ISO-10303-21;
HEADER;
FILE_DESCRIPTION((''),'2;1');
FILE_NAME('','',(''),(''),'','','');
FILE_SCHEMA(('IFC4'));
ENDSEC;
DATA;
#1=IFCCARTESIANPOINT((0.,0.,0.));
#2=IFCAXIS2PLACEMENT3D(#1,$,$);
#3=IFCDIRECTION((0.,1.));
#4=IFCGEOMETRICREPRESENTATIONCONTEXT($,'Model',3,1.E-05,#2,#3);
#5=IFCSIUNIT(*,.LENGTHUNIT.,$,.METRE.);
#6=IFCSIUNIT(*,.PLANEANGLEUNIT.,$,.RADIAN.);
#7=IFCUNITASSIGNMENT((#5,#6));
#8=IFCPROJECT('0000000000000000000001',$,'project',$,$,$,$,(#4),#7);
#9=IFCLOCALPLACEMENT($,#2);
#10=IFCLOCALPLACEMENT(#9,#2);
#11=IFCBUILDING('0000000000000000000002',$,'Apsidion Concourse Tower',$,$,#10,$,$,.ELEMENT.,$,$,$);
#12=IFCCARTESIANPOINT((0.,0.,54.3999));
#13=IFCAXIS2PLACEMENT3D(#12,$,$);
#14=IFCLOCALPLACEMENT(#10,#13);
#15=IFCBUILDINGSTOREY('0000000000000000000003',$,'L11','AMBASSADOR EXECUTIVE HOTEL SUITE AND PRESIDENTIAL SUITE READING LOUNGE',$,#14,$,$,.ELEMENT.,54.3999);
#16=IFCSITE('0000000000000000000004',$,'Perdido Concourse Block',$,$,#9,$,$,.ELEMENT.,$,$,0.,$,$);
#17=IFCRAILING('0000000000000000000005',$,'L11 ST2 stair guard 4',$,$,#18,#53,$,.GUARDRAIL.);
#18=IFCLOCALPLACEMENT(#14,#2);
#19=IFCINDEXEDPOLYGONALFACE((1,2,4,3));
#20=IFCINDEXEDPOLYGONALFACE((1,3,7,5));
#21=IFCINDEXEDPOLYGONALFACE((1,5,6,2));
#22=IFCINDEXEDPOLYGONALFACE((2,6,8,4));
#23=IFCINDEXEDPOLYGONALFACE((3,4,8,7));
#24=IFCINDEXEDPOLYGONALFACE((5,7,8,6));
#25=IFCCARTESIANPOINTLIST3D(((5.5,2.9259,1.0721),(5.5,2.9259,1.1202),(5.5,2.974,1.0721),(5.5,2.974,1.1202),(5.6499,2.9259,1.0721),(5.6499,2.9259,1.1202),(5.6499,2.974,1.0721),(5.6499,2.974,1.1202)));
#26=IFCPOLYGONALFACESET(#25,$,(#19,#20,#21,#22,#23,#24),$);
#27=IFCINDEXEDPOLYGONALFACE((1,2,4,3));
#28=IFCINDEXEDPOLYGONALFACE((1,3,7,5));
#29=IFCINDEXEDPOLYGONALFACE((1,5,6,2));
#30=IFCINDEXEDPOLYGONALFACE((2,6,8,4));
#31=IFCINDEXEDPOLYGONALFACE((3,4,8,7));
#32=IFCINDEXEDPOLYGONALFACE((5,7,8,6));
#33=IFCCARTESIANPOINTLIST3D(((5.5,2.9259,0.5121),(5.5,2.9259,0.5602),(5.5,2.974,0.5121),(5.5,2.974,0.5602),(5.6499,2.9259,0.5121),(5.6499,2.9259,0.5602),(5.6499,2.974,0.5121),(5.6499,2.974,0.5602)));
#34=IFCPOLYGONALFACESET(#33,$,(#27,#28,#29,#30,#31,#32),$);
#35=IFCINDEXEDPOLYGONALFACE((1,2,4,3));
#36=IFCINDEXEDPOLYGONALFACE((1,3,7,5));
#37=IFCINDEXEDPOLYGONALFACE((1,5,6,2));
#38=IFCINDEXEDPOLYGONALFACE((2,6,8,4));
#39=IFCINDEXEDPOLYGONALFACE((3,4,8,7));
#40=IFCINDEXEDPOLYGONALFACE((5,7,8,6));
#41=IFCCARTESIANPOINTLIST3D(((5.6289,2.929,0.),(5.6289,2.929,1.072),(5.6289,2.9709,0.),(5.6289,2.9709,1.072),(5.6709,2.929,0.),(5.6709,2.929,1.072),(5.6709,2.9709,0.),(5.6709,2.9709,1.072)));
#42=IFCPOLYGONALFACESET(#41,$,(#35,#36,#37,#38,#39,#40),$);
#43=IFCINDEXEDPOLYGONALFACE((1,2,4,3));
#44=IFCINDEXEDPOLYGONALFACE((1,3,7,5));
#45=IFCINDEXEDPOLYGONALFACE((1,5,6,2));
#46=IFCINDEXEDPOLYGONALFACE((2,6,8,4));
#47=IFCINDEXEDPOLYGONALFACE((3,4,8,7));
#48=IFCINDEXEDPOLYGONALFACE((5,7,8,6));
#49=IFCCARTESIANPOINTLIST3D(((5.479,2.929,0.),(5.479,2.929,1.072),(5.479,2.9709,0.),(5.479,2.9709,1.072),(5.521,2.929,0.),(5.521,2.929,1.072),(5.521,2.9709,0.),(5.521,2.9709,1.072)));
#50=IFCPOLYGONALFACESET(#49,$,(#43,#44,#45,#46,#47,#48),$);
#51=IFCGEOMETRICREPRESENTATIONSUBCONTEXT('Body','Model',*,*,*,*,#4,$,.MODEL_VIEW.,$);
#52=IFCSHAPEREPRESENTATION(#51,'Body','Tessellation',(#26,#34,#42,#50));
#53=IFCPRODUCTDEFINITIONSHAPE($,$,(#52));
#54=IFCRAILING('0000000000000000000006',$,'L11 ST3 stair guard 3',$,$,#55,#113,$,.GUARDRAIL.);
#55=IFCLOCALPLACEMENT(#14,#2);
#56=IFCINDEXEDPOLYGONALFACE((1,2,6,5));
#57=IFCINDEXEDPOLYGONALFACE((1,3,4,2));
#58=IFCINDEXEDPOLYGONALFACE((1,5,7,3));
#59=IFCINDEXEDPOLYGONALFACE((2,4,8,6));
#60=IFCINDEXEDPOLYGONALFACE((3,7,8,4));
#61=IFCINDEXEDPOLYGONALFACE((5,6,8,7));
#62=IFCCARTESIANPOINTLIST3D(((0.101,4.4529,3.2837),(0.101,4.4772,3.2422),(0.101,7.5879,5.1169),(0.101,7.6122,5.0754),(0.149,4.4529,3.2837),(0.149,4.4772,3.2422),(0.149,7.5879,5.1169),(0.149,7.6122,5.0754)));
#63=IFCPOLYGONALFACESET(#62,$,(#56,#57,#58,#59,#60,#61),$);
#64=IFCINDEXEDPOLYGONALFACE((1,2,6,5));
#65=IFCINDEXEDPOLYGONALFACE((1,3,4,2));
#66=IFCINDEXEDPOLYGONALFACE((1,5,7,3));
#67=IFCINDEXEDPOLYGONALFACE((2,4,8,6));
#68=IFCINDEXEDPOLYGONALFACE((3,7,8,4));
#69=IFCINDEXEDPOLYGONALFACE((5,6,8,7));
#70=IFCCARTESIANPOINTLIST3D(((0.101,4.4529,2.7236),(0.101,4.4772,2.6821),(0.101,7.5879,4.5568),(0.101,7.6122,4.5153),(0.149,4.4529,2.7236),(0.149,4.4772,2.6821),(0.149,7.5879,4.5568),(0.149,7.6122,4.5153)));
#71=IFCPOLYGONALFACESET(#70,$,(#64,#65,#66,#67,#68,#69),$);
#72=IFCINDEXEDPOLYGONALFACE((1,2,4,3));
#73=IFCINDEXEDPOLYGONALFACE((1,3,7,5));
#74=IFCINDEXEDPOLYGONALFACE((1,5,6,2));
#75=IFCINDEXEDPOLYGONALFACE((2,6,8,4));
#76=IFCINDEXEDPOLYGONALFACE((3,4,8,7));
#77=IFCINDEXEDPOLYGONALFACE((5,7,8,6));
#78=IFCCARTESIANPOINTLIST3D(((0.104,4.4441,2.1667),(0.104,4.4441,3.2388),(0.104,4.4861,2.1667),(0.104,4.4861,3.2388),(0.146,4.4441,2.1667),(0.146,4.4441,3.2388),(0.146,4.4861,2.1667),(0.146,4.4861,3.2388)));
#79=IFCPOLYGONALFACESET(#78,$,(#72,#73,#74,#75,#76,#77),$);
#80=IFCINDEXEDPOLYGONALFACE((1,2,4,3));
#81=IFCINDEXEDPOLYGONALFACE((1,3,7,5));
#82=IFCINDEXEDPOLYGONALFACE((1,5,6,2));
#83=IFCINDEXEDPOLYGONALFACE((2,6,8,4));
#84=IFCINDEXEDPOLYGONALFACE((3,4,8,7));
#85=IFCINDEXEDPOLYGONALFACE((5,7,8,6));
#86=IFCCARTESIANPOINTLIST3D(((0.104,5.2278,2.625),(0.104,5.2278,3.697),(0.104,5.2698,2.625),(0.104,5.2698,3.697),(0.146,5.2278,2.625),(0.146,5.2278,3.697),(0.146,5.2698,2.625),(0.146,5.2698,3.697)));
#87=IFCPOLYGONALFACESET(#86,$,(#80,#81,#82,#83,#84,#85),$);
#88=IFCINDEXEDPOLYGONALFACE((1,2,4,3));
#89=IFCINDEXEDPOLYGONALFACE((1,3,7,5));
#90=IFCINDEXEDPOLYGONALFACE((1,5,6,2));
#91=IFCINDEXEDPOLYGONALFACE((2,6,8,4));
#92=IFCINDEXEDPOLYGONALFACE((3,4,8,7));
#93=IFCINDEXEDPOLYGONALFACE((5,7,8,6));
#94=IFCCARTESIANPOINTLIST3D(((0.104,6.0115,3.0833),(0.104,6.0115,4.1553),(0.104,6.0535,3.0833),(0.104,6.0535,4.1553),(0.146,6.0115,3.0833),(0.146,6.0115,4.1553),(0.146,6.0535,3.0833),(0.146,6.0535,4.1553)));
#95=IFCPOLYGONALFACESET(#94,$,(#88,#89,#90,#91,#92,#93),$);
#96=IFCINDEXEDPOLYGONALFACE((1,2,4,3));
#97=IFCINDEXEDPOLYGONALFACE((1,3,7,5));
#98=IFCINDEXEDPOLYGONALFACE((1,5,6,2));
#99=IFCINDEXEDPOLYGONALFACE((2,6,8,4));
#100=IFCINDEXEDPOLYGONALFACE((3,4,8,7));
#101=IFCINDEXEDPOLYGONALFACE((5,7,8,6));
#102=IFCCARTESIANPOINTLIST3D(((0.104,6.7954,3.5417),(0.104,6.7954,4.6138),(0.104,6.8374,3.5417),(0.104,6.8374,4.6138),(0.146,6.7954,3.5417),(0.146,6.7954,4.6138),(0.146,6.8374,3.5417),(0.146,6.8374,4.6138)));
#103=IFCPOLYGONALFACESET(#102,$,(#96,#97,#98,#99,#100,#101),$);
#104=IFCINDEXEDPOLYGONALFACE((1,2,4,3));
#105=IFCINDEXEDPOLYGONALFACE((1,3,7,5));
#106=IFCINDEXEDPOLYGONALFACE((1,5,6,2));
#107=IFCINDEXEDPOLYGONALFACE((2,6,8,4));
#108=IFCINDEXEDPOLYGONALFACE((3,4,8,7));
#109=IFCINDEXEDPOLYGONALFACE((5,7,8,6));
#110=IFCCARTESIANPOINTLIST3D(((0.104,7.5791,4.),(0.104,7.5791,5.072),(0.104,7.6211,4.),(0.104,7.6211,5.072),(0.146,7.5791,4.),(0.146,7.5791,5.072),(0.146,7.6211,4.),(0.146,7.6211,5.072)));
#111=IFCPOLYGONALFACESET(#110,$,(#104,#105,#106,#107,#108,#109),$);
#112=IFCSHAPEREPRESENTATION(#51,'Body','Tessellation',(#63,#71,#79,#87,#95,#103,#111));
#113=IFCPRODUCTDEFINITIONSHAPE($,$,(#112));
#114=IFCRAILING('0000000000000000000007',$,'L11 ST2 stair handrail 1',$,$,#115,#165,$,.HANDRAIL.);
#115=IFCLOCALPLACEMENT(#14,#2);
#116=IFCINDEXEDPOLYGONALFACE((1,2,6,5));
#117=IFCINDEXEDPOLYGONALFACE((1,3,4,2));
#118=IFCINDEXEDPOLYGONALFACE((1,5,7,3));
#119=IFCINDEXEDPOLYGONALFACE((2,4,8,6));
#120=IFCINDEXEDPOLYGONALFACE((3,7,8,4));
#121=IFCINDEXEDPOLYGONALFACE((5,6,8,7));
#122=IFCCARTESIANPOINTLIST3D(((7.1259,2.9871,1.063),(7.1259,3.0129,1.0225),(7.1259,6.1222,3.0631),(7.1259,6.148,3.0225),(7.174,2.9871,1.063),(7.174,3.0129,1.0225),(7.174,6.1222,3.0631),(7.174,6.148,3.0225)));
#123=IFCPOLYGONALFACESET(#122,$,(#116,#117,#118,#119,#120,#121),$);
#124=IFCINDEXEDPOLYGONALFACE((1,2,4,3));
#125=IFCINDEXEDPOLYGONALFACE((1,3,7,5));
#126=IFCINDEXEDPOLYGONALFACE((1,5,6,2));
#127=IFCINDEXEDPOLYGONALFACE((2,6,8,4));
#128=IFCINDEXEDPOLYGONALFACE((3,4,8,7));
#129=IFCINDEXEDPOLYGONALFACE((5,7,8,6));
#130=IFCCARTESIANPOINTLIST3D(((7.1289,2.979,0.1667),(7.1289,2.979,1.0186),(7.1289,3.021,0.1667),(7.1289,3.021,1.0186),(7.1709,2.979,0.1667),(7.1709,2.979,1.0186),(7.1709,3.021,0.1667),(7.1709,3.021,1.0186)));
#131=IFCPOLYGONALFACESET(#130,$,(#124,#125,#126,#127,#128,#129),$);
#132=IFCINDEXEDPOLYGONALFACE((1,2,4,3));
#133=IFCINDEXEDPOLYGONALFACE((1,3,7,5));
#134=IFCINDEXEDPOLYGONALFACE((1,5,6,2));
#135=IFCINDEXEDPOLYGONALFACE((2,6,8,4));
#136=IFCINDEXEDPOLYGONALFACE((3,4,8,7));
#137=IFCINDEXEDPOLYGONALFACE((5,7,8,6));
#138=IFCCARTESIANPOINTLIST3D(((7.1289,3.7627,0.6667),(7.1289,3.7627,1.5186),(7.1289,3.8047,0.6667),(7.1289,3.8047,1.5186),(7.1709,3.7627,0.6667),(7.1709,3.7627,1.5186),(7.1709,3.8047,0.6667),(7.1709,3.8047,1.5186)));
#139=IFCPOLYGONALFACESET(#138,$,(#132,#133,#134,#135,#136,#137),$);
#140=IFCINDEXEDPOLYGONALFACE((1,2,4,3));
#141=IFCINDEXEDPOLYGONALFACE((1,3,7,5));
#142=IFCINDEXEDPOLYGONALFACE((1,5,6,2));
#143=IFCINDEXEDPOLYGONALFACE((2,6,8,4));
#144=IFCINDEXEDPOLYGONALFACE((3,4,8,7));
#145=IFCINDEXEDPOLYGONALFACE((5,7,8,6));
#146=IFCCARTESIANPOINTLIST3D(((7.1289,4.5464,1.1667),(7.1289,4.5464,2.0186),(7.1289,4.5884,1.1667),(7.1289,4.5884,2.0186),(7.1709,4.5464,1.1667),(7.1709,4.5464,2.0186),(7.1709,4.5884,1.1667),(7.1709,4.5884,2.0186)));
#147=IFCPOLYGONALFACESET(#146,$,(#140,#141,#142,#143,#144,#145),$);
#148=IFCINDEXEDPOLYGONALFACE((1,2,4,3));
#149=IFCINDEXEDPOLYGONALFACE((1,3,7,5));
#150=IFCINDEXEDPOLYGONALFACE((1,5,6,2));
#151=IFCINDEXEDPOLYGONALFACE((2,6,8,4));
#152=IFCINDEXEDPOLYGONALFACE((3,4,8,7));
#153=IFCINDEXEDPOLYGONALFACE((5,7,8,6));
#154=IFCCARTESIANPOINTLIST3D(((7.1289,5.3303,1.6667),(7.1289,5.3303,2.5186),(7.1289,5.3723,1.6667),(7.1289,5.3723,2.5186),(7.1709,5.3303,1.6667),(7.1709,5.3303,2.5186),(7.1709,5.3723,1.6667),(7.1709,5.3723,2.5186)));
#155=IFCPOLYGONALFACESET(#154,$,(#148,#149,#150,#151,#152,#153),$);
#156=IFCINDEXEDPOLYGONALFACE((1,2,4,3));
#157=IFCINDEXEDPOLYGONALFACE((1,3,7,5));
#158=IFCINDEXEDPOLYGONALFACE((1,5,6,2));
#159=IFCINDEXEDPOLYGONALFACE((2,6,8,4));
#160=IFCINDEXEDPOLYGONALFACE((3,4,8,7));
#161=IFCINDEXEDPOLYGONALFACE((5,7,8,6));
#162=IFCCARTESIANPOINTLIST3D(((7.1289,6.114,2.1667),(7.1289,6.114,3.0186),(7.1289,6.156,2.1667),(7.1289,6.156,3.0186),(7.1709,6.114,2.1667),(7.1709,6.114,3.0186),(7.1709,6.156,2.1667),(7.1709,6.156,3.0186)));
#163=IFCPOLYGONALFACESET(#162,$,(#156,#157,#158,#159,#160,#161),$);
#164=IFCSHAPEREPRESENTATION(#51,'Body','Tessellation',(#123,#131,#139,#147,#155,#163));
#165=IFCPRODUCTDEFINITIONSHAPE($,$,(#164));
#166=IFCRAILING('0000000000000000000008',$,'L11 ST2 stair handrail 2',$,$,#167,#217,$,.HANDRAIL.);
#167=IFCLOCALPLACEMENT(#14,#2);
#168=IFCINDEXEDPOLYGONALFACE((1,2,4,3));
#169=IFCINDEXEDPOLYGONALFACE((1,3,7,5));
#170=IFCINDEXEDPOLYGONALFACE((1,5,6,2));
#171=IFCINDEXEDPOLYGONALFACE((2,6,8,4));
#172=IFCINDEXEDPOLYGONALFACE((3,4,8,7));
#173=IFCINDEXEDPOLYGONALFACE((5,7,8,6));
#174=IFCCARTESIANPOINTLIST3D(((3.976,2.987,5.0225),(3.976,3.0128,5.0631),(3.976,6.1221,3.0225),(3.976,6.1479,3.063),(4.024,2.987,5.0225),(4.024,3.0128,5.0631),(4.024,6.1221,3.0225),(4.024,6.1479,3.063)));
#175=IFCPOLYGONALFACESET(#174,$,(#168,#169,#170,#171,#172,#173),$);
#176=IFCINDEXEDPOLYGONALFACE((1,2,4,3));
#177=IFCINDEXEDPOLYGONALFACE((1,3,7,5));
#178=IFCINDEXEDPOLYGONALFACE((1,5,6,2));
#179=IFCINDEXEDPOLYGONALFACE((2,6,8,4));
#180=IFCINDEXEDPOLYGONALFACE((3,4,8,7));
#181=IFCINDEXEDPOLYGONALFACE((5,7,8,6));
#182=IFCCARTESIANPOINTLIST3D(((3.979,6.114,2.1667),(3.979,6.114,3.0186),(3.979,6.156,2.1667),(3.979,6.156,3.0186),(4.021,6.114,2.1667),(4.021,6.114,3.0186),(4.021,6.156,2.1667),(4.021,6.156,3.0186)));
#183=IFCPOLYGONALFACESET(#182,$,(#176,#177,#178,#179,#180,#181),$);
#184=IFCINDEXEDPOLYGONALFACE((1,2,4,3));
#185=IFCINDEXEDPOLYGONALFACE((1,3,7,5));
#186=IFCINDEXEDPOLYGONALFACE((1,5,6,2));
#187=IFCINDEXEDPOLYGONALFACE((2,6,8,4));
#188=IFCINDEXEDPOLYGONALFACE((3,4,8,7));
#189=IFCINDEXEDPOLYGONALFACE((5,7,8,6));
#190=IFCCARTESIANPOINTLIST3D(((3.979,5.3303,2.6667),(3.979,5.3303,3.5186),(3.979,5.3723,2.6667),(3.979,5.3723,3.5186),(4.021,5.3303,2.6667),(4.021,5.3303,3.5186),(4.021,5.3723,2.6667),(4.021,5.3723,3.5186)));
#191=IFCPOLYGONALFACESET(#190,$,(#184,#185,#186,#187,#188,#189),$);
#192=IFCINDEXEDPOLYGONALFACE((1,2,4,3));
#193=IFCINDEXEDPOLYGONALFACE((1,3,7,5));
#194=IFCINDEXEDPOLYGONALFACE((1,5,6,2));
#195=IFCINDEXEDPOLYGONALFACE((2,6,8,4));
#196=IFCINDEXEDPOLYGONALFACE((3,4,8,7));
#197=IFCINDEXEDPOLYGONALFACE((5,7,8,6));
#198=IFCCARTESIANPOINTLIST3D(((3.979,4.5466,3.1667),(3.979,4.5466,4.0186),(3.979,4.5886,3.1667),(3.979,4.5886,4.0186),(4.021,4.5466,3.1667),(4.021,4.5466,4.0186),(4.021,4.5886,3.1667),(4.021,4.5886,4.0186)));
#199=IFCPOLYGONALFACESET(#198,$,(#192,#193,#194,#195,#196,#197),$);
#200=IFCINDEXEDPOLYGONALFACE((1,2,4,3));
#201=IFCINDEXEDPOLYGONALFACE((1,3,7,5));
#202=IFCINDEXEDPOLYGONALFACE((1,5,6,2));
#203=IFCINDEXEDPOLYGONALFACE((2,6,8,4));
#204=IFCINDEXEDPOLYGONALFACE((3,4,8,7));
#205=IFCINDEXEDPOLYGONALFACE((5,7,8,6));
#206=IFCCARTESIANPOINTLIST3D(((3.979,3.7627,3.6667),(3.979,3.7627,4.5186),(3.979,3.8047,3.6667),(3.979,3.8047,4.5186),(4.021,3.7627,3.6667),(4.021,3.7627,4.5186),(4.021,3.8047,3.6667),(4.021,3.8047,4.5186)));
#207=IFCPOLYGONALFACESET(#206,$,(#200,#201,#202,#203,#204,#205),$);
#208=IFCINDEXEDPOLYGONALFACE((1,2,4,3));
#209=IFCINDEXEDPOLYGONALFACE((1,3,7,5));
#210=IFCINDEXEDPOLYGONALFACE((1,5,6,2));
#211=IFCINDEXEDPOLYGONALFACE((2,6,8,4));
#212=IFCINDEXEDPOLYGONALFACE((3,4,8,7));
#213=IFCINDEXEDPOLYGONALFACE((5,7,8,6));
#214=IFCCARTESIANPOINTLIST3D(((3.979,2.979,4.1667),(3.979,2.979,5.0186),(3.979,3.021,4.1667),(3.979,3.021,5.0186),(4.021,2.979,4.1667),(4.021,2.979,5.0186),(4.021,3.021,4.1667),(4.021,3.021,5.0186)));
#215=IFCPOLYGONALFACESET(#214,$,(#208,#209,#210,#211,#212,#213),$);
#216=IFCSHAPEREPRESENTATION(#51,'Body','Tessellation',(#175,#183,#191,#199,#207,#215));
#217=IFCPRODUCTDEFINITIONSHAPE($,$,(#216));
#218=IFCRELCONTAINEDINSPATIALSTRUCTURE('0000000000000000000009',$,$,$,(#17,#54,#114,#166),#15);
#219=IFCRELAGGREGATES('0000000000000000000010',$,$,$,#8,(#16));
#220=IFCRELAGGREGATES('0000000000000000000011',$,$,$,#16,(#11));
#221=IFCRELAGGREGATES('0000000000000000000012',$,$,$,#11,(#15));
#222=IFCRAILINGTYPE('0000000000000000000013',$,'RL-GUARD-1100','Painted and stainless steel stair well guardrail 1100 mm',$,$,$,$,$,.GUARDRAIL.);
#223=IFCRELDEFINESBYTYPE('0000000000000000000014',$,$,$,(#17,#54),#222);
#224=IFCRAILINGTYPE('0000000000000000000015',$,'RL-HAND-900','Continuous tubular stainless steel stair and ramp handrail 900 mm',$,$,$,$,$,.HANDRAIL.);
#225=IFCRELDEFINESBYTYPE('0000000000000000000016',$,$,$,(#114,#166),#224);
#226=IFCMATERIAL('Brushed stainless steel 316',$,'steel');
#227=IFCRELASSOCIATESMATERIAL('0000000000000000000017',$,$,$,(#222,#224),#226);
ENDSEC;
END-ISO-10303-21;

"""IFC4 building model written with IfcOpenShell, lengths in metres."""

from ifc_helpers import new_model, si_unit, direction, frame, origin, origin_2d, place, context, subcontext, project, spatial, rectangle, extrude, material, type_object, element, save


model = new_model("IFC4")

# Units and contexts
model_context = context("Model", 3, precision=1e-05, world=origin(), true_north=direction((0.0, 1.0)))
body_context = subcontext(model_context, "Body", "Model", "MODEL_VIEW")
ifc_project = project(units=[si_unit("LENGTHUNIT", "METRE"), si_unit("PLANEANGLEUNIT", "RADIAN")], contexts=[model_context])

# Site, building, storey
site_placement = place(None, origin())
site = spatial("IfcSite", under=ifc_project, at=site_placement, Name="Perdido Concourse Block", CompositionType="ELEMENT", RefElevation=0.0)
building_placement = place(site_placement, origin())
building = spatial("IfcBuilding", under=site, at=building_placement, Name="Apsidion Concourse Tower", CompositionType="ELEMENT")
storey_placement = place(building_placement, frame((0.0, 0.0, 54.3999)))
storey = spatial("IfcBuildingStorey", under=building, at=storey_placement, Name="L11", Description="AMBASSADOR EXECUTIVE HOTEL SUITE AND PRESIDENTIAL SUITE READING LOUNGE", CompositionType="ELEMENT", Elevation=54.3999)

# Railings
ifc_material_1 = material(Name="Brushed stainless steel 316", Category="steel")
railing_type_1 = type_object("IfcRailingType", Name="RL-GUARD-1100", Description="Painted and stainless steel stair well guardrail 1100 mm", PredefinedType="GUARDRAIL", material=ifc_material_1)
railing_1_placement = place(storey_placement, frame((5.6499, 2.95, 0.0)))
element("IfcRailing", 1, at=railing_1_placement, inside=storey, type_object=railing_type_1, Name="L11 ST2 stair guard 4", PredefinedType="GUARDRAIL", context=body_context, shape_type="SweptSolid", body=[
    extrude(rectangle(XDim=0.0481, YDim=0.0481, at=origin_2d()), frame((0.0, 0.0, 1.0962), z_axis=(-1.0, 0.0, 0.0), x_axis=(0.0, -1.0, 0.0)), (0.0, 0.0, 1.0), 0.1499),
    extrude(rectangle(XDim=0.0481, YDim=0.0481, at=origin_2d()), frame((0.0, 0.0, 0.5361), z_axis=(-1.0, 0.0, 0.0), x_axis=(0.0, -1.0, 0.0)), (0.0, 0.0, 1.0), 0.1499),
    extrude(rectangle(XDim=0.042, YDim=0.042, at=origin_2d()), origin(), (0.0, 0.0, 1.0), 1.072),
    extrude(rectangle(XDim=0.042, YDim=0.042, at=origin_2d()), frame((-0.1499, 0.0, 0.0)), (0.0, 0.0, 1.0), 1.072),
])
railing_2_placement = place(storey_placement, frame((0.125, 4.4651, 2.1667)))
element("IfcRailing", 2, at=railing_2_placement, inside=storey, type_object=railing_type_1, Name="L11 ST3 stair guard 3", PredefinedType="GUARDRAIL", context=body_context, shape_type="SweptSolid", body=[
    extrude(rectangle(XDim=0.0481, YDim=0.0481, at=origin_2d()), frame((0.0, 0.0, 1.0962), z_axis=(0.0, 0.86324, 0.504794), x_axis=(-1.0, 0.0, 0.0)), (0.0, 0.0, 1.0), 3.6316),
    extrude(rectangle(XDim=0.0481, YDim=0.0481, at=origin_2d()), frame((0.0, 0.0, 0.5361), z_axis=(0.0, 0.86324, 0.504794), x_axis=(-1.0, 0.0, 0.0)), (0.0, 0.0, 1.0), 3.6316),
    extrude(rectangle(XDim=0.042, YDim=0.042, at=origin_2d()), origin(), (0.0, 0.0, 1.0), 1.072),
    extrude(rectangle(XDim=0.042, YDim=0.042, at=origin_2d()), frame((0.0, 0.7837, 0.4583)), (0.0, 0.0, 1.0), 1.072),
    extrude(rectangle(XDim=0.042, YDim=0.042, at=origin_2d()), frame((0.0, 1.5674, 0.9165)), (0.0, 0.0, 1.0), 1.072),
    extrude(rectangle(XDim=0.042, YDim=0.042, at=origin_2d()), frame((0.0, 2.3513, 1.375)), (0.0, 0.0, 1.0), 1.072),
    extrude(rectangle(XDim=0.042, YDim=0.042, at=origin_2d()), frame((0.0, 3.135, 1.8333)), (0.0, 0.0, 1.0), 1.072),
])
railing_type_2 = type_object("IfcRailingType", Name="RL-HAND-900", Description="Continuous tubular stainless steel stair and ramp handrail 900 mm", PredefinedType="HANDRAIL", material=ifc_material_1)
railing_3_placement = place(storey_placement, frame((7.1499, 3.0, 0.1667)))
element("IfcRailing", 3, at=railing_3_placement, inside=storey, type_object=railing_type_2, Name="L11 ST2 stair handrail 1", PredefinedType="HANDRAIL", context=body_context, shape_type="SweptSolid", body=[
    extrude(rectangle(XDim=0.0481, YDim=0.0481, at=origin_2d()), frame((0.0, 0.0, 0.876), z_axis=(0.0, 0.843053, 0.537831), x_axis=(-1.0, 0.0, 0.0)), (0.0, 0.0, 1.0), 3.7188),
    extrude(rectangle(XDim=0.042, YDim=0.042, at=origin_2d()), origin(), (0.0, 0.0, 1.0), 0.8518),
    extrude(rectangle(XDim=0.042, YDim=0.042, at=origin_2d()), frame((0.0, 0.7837, 0.5)), (0.0, 0.0, 1.0), 0.8518),
    extrude(rectangle(XDim=0.042, YDim=0.042, at=origin_2d()), frame((0.0, 1.5674, 1.0)), (0.0, 0.0, 1.0), 0.8518),
    extrude(rectangle(XDim=0.042, YDim=0.042, at=origin_2d()), frame((0.0, 2.3513, 1.5)), (0.0, 0.0, 1.0), 0.8518),
    extrude(rectangle(XDim=0.042, YDim=0.042, at=origin_2d()), frame((0.0, 3.135, 2.0)), (0.0, 0.0, 1.0), 0.8518),
])
railing_4_placement = place(storey_placement, frame((4.0, 6.135, 2.1667)))
element("IfcRailing", 4, at=railing_4_placement, inside=storey, type_object=railing_type_2, Name="L11 ST2 stair handrail 2", PredefinedType="HANDRAIL", context=body_context, shape_type="SweptSolid", body=[
    extrude(rectangle(XDim=0.0481, YDim=0.0481, at=origin_2d()), frame((0.0, 0.0, 0.876), z_axis=(0.0, -0.843053, 0.537831), x_axis=(1.0, 0.0, 0.0)), (0.0, 0.0, 1.0), 3.7188),
    extrude(rectangle(XDim=0.042, YDim=0.042, at=origin_2d()), origin(), (0.0, 0.0, 1.0), 0.8518),
    extrude(rectangle(XDim=0.042, YDim=0.042, at=origin_2d()), frame((0.0, -0.7837, 0.5)), (0.0, 0.0, 1.0), 0.8518),
    extrude(rectangle(XDim=0.042, YDim=0.042, at=origin_2d()), frame((0.0, -1.5674, 1.0)), (0.0, 0.0, 1.0), 0.8518),
    extrude(rectangle(XDim=0.042, YDim=0.042, at=origin_2d()), frame((0.0, -2.3513, 1.5)), (0.0, 0.0, 1.0), 0.8518),
    extrude(rectangle(XDim=0.042, YDim=0.042, at=origin_2d()), frame((0.0, -3.135, 2.0)), (0.0, 0.0, 1.0), 0.8518),
])

save(model, "model.ifc")
